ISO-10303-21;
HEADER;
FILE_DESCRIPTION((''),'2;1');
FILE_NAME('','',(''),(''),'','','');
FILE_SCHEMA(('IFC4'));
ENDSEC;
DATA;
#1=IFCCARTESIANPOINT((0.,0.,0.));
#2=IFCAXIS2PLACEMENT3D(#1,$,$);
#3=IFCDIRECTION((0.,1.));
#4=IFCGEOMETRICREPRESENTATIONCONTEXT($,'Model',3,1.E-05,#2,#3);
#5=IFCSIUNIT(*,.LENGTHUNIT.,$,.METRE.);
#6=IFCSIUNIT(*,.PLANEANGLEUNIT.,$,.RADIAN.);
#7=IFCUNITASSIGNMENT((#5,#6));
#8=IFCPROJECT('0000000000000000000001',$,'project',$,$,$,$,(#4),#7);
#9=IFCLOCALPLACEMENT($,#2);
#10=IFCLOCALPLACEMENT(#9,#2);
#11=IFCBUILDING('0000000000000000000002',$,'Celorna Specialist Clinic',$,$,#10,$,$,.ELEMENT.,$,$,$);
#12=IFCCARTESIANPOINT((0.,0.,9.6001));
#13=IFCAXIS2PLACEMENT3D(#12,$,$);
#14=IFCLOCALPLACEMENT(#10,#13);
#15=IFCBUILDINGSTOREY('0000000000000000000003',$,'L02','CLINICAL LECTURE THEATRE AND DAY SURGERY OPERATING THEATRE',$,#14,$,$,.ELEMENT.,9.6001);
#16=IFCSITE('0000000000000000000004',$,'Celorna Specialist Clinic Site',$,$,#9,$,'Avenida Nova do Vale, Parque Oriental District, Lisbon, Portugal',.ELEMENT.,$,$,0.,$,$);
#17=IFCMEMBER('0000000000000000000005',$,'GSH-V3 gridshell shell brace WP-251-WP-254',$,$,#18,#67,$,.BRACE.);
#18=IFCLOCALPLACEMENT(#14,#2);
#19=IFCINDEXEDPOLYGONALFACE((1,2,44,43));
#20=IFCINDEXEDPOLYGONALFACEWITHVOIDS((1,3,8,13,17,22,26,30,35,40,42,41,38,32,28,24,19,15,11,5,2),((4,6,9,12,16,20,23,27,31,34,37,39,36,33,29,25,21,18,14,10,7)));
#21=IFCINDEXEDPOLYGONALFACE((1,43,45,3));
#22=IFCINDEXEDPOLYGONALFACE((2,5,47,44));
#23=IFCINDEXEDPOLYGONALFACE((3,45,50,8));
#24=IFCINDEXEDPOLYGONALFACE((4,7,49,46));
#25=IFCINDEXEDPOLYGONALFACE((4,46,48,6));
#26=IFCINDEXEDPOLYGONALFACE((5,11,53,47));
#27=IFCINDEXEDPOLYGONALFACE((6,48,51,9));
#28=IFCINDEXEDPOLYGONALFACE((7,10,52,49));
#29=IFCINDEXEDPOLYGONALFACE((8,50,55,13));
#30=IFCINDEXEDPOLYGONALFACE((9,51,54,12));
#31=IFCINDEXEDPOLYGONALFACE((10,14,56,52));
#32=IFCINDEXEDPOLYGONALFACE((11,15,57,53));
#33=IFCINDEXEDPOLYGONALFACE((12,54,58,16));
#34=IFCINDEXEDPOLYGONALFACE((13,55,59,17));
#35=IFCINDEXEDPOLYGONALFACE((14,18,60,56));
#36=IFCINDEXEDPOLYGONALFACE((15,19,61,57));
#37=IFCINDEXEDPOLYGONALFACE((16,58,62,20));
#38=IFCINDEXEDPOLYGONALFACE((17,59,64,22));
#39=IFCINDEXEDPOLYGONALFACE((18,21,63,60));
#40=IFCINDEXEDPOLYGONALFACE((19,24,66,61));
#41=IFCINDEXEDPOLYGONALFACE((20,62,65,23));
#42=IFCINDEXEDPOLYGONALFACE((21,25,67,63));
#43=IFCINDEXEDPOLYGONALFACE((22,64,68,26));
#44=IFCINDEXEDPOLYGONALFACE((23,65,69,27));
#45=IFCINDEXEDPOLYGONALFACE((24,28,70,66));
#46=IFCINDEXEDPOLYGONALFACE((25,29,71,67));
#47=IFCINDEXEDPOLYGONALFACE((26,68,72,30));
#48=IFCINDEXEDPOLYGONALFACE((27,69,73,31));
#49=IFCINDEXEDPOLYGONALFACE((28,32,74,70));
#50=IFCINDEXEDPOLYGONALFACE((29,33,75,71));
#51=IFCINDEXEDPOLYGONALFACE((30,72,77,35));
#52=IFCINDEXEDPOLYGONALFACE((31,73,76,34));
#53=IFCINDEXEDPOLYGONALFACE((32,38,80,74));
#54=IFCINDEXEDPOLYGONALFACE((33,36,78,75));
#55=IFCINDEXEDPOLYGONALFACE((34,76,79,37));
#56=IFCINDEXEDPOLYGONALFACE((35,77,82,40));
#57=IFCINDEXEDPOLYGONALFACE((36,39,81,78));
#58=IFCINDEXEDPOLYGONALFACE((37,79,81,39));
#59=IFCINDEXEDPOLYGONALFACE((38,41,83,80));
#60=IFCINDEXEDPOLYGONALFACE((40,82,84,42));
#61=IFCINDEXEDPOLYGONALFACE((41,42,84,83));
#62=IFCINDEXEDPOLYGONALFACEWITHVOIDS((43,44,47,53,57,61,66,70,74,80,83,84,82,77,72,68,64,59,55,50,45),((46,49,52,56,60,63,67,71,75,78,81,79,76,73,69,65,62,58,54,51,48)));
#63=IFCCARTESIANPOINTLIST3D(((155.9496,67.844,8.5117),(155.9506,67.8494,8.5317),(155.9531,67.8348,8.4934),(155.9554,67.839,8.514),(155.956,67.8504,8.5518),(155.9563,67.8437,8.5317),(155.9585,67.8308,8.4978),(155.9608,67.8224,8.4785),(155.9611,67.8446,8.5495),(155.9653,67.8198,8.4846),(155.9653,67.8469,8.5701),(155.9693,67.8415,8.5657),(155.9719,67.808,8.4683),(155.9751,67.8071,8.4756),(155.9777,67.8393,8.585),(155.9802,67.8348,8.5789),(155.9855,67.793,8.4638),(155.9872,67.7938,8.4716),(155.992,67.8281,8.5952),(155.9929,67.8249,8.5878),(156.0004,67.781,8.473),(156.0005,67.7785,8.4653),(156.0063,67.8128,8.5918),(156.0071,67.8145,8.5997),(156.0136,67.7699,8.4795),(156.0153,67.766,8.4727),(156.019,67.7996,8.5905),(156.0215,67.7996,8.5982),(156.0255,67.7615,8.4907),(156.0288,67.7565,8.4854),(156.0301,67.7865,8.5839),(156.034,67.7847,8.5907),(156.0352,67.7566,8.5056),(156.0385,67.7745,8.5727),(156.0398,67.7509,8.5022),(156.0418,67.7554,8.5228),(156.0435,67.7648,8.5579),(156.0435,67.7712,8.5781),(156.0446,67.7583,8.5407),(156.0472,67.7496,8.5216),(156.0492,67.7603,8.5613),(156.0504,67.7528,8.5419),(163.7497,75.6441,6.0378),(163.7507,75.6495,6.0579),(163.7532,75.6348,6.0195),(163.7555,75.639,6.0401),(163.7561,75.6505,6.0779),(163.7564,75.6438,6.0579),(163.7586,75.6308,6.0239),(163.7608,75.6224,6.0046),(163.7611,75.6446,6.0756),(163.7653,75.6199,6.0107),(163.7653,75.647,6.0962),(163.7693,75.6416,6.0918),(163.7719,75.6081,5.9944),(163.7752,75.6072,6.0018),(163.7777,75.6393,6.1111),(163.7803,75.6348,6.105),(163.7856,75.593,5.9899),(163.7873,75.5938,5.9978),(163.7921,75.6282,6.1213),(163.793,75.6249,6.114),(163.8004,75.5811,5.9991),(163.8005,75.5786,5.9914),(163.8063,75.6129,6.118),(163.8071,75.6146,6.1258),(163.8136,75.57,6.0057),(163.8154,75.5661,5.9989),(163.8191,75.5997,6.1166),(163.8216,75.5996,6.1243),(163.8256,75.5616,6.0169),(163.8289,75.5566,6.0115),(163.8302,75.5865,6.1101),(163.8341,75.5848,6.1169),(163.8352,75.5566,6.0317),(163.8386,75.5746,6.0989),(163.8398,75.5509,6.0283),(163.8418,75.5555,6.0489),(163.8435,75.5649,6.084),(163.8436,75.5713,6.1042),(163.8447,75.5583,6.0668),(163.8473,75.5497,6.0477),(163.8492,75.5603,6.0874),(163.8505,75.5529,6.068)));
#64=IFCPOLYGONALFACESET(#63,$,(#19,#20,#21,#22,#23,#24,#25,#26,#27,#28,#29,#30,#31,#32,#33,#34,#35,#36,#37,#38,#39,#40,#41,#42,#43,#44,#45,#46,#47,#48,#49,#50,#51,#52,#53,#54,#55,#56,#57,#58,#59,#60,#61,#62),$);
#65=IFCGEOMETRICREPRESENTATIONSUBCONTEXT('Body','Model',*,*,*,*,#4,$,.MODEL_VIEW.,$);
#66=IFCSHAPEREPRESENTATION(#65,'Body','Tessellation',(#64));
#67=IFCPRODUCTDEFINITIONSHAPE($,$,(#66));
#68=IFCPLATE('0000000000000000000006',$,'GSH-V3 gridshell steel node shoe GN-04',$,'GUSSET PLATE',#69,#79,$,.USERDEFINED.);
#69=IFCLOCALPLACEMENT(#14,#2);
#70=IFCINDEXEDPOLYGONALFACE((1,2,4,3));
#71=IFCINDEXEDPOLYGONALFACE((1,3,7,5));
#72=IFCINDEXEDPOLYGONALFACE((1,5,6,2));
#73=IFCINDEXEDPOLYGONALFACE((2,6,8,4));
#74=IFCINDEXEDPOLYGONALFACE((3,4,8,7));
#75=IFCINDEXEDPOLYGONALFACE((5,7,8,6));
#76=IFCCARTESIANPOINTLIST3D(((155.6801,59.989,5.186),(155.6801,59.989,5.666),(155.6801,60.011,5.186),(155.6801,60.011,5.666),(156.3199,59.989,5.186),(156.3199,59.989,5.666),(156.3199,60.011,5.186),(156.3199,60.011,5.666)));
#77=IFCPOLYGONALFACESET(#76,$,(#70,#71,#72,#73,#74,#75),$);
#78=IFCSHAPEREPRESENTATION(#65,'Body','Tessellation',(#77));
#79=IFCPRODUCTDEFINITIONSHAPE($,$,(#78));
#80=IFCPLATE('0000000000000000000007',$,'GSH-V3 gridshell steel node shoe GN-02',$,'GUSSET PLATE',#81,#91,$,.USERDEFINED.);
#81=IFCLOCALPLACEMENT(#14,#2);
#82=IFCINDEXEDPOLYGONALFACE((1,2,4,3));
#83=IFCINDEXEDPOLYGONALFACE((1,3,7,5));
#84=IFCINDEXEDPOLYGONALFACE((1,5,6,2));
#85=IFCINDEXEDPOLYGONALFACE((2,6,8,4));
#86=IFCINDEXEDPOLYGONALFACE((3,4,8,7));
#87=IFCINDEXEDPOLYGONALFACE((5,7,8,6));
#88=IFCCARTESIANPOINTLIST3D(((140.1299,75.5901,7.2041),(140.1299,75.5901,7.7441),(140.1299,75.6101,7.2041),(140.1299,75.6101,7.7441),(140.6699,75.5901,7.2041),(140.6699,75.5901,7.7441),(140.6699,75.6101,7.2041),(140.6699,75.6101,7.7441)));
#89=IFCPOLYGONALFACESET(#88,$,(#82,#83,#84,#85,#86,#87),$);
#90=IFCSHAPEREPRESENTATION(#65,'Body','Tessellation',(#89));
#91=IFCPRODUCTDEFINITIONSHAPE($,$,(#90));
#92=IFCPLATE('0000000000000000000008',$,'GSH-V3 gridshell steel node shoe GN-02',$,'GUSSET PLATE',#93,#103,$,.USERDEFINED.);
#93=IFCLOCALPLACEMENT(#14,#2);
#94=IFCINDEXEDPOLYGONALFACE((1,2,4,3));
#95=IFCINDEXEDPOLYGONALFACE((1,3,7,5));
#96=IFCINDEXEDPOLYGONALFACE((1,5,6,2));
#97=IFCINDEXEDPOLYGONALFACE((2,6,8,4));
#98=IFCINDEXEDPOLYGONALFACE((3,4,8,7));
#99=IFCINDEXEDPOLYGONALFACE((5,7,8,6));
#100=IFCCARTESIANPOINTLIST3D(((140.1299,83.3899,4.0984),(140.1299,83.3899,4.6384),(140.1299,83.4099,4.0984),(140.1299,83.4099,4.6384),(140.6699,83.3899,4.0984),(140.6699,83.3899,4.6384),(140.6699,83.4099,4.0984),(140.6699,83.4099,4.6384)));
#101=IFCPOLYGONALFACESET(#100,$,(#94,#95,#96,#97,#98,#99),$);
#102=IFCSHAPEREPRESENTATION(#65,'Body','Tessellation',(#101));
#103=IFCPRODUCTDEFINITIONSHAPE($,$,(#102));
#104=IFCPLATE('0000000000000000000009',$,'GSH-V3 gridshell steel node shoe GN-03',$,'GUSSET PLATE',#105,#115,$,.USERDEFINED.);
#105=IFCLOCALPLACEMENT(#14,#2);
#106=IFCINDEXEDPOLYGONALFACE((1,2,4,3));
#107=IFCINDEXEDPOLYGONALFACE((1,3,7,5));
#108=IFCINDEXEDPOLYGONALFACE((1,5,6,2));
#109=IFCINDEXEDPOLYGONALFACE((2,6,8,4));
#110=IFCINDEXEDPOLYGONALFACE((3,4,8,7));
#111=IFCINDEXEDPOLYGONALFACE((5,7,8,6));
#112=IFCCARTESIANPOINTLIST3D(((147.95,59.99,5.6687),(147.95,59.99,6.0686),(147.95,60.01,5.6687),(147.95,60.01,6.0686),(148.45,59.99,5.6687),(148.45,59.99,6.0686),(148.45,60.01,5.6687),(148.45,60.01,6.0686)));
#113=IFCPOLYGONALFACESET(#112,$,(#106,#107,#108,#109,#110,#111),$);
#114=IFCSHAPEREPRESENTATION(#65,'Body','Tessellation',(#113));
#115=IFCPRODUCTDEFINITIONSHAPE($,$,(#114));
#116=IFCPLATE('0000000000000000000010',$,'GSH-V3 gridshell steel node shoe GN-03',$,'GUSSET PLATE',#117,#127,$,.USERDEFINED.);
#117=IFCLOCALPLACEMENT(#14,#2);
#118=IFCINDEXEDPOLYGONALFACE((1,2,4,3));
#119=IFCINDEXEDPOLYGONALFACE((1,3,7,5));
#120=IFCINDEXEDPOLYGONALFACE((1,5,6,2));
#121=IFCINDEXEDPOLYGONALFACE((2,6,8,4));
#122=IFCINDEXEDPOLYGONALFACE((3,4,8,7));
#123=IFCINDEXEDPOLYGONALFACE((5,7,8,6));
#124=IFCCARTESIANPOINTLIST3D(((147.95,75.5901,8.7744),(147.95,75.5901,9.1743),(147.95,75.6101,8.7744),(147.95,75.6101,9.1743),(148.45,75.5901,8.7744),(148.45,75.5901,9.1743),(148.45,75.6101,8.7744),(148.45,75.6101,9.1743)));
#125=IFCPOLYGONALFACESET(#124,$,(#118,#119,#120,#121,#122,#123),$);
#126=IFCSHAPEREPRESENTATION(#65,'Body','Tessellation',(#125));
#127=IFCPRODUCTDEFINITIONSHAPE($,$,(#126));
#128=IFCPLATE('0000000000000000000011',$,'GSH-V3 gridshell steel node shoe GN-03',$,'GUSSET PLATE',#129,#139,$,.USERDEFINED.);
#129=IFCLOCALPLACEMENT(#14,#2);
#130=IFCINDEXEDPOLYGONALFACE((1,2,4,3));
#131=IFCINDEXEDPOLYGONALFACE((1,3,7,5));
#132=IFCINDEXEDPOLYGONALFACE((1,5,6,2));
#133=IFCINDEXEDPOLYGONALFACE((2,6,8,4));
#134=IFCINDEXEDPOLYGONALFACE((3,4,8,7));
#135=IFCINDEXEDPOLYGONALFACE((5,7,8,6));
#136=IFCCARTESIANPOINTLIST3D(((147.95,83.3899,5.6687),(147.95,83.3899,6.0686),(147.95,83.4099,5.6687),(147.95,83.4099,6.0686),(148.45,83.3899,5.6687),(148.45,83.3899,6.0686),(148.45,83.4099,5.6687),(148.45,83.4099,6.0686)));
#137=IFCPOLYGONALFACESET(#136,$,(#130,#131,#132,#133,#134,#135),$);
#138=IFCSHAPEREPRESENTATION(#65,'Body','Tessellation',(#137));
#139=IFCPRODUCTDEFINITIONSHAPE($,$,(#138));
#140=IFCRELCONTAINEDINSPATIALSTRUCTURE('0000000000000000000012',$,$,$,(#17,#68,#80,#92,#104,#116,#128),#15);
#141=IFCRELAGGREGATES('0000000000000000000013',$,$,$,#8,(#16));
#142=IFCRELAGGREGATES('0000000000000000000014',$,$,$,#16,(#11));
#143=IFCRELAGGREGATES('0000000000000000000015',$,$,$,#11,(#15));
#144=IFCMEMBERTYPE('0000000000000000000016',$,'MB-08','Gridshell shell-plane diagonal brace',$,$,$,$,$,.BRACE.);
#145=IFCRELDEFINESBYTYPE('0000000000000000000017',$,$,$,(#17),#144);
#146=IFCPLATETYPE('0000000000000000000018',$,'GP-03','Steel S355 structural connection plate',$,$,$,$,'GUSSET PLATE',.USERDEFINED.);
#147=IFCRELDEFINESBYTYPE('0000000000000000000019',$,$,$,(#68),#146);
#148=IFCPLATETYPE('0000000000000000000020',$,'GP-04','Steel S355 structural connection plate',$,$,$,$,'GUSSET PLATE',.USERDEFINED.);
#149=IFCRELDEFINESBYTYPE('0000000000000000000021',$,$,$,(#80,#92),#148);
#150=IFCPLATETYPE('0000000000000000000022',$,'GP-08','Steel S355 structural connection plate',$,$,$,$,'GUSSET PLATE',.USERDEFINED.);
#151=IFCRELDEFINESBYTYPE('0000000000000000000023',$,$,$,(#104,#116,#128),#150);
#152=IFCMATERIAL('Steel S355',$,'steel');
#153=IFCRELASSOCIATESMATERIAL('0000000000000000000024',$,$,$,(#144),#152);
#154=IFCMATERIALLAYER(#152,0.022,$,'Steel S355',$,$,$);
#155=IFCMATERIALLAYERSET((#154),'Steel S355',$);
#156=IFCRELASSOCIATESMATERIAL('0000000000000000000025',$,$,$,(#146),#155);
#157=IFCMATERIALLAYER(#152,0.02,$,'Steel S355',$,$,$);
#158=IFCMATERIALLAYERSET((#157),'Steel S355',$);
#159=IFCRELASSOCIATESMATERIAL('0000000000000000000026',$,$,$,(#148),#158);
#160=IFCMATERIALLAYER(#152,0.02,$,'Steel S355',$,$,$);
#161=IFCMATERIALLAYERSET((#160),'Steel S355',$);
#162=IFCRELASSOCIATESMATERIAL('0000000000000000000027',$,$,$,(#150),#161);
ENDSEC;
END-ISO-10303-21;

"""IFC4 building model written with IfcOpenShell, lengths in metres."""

from ifc_helpers import new_model, si_unit, direction, frame, origin, origin_2d, place, context, subcontext, project, spatial, rectangle, hollow_circle, extrude, material, layer, layer_set, material_profile, profile_set, type_object, element, save


model = new_model("IFC4")

# Units and contexts
model_context = context("Model", 3, precision=1e-05, world=origin(), true_north=direction((0.0, 1.0)))
body_context = subcontext(model_context, "Body", "Model", "MODEL_VIEW")
ifc_project = project(units=[si_unit("LENGTHUNIT", "METRE"), si_unit("PLANEANGLEUNIT", "RADIAN")], contexts=[model_context])

# Site, building, storey
site_placement = place(None, origin())
site = spatial("IfcSite", under=ifc_project, at=site_placement, Name="Celorna Specialist Clinic Site", LongName="Avenida Nova do Vale, Parque Oriental District, Lisbon, Portugal", CompositionType="ELEMENT", RefElevation=0.0)
building_placement = place(site_placement, origin())
building = spatial("IfcBuilding", under=site, at=building_placement, Name="Celorna Specialist Clinic", CompositionType="ELEMENT")
storey_placement = place(building_placement, frame((0.0, 0.0, 9.6001)))
storey = spatial("IfcBuildingStorey", under=building, at=storey_placement, Name="L02", Description="CLINICAL LECTURE THEATRE AND DAY SURGERY OPERATING THEATRE", CompositionType="ELEMENT", Elevation=9.6001)

# Shared definitions
ifc_material_1 = material(Name="Steel S355", Category="steel")

# Member
ifc_material_profile_1 = material_profile(ifc_material_1, hollow_circle(Radius=0.0698, WallThickness=0.0081, at=origin_2d()), Name="CHS 139.7x8")
ifc_profile_set_1 = profile_set([ifc_material_profile_1], Name="Steel S355")
member_type_1 = type_object("IfcMemberType", Name="MB-08", Description="Gridshell shell-plane diagonal brace", PredefinedType="BRACE", material=ifc_profile_set_1)
member_1_placement = place(storey_placement, frame((156.0, 67.8, 8.5317), z_axis=(0.689968, 0.689968, -0.218832), x_axis=(-0.707107, 0.707107, 0.0)))
element("IfcMember", 1, at=member_1_placement, inside=storey, type_object=member_type_1, Name="GSH-V3 gridshell shell brace WP-251-WP-254", PredefinedType="BRACE", context=body_context, shape_type="SweptSolid", body=[
    extrude(hollow_circle(Radius=0.0698, WallThickness=0.0081, at=origin_2d()), origin(), (0.0, 0.0, 1.0), 11.3049),
])

# Plates
ifc_layer_1 = layer(ifc_material_1, 0.022, Name="Steel S355")
ifc_layer_set_1 = layer_set([ifc_layer_1], Name="Steel S355")
plate_type_1 = type_object("IfcPlateType", Name="GP-03", Description="Steel S355 structural connection plate", ElementType="GUSSET PLATE", PredefinedType="USERDEFINED", material=ifc_layer_set_1)
plate_placement = place(storey_placement, frame((156.0, 60.0, 5.186), z_axis=(0.0, 0.0, 1.0), x_axis=(1.0, 0.0, 0.0)))
element("IfcPlate", 2, at=plate_placement, inside=storey, type_object=plate_type_1, Name="GSH-V3 gridshell steel node shoe GN-04", ObjectType="GUSSET PLATE", PredefinedType="USERDEFINED", context=body_context, shape_type="SweptSolid", body=[
    extrude(rectangle(XDim=0.6399, YDim=0.022, at=origin_2d()), origin(), (0.0, 0.0, 1.0), 0.48),
])
ifc_layer_2 = layer(ifc_material_1, 0.02, Name="Steel S355")
ifc_layer_set_2 = layer_set([ifc_layer_2], Name="Steel S355")
plate_type_2 = type_object("IfcPlateType", Name="GP-04", Description="Steel S355 structural connection plate", ElementType="GUSSET PLATE", PredefinedType="USERDEFINED", material=ifc_layer_set_2)
for number, where, z_axis, x_axis, name in (
    (3, (140.3999, 75.6001, 7.2041), (0.0, 0.0, 1.0), (1.0, 0.0, 0.0), "GSH-V3 gridshell steel node shoe GN-02"),
    (4, (140.3999, 83.3999, 4.0984), (0.0, 0.0, 1.0), (1.0, 0.0, 0.0), "GSH-V3 gridshell steel node shoe GN-02"),
):
    element("IfcPlate", number, at=place(storey_placement, frame(where, z_axis=z_axis, x_axis=x_axis)), inside=storey, type_object=plate_type_2, Name=name, ObjectType="GUSSET PLATE", PredefinedType="USERDEFINED", context=body_context, shape_type="SweptSolid", body=[
        extrude(rectangle(XDim=0.54, YDim=0.02, at=origin_2d()), origin(), (0.0, 0.0, 1.0), 0.54),
    ])
ifc_layer_3 = layer(ifc_material_1, 0.02, Name="Steel S355")
ifc_layer_set_3 = layer_set([ifc_layer_3], Name="Steel S355")
plate_type_3 = type_object("IfcPlateType", Name="GP-08", Description="Steel S355 structural connection plate", ElementType="GUSSET PLATE", PredefinedType="USERDEFINED", material=ifc_layer_set_3)
for number, where, z_axis, x_axis, name in (
    (5, (148.2, 60.0, 5.6687), (0.0, 0.0, 1.0), (1.0, 0.0, 0.0), "GSH-V3 gridshell steel node shoe GN-03"),
    (6, (148.2, 75.6001, 8.7744), (0.0, 0.0, 1.0), (1.0, 0.0, 0.0), "GSH-V3 gridshell steel node shoe GN-03"),
    (7, (148.2, 83.3999, 5.6687), (0.0, 0.0, 1.0), (1.0, 0.0, 0.0), "GSH-V3 gridshell steel node shoe GN-03"),
):
    element("IfcPlate", number, at=place(storey_placement, frame(where, z_axis=z_axis, x_axis=x_axis)), inside=storey, type_object=plate_type_3, Name=name, ObjectType="GUSSET PLATE", PredefinedType="USERDEFINED", context=body_context, shape_type="SweptSolid", body=[
        extrude(rectangle(XDim=0.5, YDim=0.02, at=origin_2d()), origin(), (0.0, 0.0, 1.0), 0.3999),
    ])

save(model, "model.ifc")
